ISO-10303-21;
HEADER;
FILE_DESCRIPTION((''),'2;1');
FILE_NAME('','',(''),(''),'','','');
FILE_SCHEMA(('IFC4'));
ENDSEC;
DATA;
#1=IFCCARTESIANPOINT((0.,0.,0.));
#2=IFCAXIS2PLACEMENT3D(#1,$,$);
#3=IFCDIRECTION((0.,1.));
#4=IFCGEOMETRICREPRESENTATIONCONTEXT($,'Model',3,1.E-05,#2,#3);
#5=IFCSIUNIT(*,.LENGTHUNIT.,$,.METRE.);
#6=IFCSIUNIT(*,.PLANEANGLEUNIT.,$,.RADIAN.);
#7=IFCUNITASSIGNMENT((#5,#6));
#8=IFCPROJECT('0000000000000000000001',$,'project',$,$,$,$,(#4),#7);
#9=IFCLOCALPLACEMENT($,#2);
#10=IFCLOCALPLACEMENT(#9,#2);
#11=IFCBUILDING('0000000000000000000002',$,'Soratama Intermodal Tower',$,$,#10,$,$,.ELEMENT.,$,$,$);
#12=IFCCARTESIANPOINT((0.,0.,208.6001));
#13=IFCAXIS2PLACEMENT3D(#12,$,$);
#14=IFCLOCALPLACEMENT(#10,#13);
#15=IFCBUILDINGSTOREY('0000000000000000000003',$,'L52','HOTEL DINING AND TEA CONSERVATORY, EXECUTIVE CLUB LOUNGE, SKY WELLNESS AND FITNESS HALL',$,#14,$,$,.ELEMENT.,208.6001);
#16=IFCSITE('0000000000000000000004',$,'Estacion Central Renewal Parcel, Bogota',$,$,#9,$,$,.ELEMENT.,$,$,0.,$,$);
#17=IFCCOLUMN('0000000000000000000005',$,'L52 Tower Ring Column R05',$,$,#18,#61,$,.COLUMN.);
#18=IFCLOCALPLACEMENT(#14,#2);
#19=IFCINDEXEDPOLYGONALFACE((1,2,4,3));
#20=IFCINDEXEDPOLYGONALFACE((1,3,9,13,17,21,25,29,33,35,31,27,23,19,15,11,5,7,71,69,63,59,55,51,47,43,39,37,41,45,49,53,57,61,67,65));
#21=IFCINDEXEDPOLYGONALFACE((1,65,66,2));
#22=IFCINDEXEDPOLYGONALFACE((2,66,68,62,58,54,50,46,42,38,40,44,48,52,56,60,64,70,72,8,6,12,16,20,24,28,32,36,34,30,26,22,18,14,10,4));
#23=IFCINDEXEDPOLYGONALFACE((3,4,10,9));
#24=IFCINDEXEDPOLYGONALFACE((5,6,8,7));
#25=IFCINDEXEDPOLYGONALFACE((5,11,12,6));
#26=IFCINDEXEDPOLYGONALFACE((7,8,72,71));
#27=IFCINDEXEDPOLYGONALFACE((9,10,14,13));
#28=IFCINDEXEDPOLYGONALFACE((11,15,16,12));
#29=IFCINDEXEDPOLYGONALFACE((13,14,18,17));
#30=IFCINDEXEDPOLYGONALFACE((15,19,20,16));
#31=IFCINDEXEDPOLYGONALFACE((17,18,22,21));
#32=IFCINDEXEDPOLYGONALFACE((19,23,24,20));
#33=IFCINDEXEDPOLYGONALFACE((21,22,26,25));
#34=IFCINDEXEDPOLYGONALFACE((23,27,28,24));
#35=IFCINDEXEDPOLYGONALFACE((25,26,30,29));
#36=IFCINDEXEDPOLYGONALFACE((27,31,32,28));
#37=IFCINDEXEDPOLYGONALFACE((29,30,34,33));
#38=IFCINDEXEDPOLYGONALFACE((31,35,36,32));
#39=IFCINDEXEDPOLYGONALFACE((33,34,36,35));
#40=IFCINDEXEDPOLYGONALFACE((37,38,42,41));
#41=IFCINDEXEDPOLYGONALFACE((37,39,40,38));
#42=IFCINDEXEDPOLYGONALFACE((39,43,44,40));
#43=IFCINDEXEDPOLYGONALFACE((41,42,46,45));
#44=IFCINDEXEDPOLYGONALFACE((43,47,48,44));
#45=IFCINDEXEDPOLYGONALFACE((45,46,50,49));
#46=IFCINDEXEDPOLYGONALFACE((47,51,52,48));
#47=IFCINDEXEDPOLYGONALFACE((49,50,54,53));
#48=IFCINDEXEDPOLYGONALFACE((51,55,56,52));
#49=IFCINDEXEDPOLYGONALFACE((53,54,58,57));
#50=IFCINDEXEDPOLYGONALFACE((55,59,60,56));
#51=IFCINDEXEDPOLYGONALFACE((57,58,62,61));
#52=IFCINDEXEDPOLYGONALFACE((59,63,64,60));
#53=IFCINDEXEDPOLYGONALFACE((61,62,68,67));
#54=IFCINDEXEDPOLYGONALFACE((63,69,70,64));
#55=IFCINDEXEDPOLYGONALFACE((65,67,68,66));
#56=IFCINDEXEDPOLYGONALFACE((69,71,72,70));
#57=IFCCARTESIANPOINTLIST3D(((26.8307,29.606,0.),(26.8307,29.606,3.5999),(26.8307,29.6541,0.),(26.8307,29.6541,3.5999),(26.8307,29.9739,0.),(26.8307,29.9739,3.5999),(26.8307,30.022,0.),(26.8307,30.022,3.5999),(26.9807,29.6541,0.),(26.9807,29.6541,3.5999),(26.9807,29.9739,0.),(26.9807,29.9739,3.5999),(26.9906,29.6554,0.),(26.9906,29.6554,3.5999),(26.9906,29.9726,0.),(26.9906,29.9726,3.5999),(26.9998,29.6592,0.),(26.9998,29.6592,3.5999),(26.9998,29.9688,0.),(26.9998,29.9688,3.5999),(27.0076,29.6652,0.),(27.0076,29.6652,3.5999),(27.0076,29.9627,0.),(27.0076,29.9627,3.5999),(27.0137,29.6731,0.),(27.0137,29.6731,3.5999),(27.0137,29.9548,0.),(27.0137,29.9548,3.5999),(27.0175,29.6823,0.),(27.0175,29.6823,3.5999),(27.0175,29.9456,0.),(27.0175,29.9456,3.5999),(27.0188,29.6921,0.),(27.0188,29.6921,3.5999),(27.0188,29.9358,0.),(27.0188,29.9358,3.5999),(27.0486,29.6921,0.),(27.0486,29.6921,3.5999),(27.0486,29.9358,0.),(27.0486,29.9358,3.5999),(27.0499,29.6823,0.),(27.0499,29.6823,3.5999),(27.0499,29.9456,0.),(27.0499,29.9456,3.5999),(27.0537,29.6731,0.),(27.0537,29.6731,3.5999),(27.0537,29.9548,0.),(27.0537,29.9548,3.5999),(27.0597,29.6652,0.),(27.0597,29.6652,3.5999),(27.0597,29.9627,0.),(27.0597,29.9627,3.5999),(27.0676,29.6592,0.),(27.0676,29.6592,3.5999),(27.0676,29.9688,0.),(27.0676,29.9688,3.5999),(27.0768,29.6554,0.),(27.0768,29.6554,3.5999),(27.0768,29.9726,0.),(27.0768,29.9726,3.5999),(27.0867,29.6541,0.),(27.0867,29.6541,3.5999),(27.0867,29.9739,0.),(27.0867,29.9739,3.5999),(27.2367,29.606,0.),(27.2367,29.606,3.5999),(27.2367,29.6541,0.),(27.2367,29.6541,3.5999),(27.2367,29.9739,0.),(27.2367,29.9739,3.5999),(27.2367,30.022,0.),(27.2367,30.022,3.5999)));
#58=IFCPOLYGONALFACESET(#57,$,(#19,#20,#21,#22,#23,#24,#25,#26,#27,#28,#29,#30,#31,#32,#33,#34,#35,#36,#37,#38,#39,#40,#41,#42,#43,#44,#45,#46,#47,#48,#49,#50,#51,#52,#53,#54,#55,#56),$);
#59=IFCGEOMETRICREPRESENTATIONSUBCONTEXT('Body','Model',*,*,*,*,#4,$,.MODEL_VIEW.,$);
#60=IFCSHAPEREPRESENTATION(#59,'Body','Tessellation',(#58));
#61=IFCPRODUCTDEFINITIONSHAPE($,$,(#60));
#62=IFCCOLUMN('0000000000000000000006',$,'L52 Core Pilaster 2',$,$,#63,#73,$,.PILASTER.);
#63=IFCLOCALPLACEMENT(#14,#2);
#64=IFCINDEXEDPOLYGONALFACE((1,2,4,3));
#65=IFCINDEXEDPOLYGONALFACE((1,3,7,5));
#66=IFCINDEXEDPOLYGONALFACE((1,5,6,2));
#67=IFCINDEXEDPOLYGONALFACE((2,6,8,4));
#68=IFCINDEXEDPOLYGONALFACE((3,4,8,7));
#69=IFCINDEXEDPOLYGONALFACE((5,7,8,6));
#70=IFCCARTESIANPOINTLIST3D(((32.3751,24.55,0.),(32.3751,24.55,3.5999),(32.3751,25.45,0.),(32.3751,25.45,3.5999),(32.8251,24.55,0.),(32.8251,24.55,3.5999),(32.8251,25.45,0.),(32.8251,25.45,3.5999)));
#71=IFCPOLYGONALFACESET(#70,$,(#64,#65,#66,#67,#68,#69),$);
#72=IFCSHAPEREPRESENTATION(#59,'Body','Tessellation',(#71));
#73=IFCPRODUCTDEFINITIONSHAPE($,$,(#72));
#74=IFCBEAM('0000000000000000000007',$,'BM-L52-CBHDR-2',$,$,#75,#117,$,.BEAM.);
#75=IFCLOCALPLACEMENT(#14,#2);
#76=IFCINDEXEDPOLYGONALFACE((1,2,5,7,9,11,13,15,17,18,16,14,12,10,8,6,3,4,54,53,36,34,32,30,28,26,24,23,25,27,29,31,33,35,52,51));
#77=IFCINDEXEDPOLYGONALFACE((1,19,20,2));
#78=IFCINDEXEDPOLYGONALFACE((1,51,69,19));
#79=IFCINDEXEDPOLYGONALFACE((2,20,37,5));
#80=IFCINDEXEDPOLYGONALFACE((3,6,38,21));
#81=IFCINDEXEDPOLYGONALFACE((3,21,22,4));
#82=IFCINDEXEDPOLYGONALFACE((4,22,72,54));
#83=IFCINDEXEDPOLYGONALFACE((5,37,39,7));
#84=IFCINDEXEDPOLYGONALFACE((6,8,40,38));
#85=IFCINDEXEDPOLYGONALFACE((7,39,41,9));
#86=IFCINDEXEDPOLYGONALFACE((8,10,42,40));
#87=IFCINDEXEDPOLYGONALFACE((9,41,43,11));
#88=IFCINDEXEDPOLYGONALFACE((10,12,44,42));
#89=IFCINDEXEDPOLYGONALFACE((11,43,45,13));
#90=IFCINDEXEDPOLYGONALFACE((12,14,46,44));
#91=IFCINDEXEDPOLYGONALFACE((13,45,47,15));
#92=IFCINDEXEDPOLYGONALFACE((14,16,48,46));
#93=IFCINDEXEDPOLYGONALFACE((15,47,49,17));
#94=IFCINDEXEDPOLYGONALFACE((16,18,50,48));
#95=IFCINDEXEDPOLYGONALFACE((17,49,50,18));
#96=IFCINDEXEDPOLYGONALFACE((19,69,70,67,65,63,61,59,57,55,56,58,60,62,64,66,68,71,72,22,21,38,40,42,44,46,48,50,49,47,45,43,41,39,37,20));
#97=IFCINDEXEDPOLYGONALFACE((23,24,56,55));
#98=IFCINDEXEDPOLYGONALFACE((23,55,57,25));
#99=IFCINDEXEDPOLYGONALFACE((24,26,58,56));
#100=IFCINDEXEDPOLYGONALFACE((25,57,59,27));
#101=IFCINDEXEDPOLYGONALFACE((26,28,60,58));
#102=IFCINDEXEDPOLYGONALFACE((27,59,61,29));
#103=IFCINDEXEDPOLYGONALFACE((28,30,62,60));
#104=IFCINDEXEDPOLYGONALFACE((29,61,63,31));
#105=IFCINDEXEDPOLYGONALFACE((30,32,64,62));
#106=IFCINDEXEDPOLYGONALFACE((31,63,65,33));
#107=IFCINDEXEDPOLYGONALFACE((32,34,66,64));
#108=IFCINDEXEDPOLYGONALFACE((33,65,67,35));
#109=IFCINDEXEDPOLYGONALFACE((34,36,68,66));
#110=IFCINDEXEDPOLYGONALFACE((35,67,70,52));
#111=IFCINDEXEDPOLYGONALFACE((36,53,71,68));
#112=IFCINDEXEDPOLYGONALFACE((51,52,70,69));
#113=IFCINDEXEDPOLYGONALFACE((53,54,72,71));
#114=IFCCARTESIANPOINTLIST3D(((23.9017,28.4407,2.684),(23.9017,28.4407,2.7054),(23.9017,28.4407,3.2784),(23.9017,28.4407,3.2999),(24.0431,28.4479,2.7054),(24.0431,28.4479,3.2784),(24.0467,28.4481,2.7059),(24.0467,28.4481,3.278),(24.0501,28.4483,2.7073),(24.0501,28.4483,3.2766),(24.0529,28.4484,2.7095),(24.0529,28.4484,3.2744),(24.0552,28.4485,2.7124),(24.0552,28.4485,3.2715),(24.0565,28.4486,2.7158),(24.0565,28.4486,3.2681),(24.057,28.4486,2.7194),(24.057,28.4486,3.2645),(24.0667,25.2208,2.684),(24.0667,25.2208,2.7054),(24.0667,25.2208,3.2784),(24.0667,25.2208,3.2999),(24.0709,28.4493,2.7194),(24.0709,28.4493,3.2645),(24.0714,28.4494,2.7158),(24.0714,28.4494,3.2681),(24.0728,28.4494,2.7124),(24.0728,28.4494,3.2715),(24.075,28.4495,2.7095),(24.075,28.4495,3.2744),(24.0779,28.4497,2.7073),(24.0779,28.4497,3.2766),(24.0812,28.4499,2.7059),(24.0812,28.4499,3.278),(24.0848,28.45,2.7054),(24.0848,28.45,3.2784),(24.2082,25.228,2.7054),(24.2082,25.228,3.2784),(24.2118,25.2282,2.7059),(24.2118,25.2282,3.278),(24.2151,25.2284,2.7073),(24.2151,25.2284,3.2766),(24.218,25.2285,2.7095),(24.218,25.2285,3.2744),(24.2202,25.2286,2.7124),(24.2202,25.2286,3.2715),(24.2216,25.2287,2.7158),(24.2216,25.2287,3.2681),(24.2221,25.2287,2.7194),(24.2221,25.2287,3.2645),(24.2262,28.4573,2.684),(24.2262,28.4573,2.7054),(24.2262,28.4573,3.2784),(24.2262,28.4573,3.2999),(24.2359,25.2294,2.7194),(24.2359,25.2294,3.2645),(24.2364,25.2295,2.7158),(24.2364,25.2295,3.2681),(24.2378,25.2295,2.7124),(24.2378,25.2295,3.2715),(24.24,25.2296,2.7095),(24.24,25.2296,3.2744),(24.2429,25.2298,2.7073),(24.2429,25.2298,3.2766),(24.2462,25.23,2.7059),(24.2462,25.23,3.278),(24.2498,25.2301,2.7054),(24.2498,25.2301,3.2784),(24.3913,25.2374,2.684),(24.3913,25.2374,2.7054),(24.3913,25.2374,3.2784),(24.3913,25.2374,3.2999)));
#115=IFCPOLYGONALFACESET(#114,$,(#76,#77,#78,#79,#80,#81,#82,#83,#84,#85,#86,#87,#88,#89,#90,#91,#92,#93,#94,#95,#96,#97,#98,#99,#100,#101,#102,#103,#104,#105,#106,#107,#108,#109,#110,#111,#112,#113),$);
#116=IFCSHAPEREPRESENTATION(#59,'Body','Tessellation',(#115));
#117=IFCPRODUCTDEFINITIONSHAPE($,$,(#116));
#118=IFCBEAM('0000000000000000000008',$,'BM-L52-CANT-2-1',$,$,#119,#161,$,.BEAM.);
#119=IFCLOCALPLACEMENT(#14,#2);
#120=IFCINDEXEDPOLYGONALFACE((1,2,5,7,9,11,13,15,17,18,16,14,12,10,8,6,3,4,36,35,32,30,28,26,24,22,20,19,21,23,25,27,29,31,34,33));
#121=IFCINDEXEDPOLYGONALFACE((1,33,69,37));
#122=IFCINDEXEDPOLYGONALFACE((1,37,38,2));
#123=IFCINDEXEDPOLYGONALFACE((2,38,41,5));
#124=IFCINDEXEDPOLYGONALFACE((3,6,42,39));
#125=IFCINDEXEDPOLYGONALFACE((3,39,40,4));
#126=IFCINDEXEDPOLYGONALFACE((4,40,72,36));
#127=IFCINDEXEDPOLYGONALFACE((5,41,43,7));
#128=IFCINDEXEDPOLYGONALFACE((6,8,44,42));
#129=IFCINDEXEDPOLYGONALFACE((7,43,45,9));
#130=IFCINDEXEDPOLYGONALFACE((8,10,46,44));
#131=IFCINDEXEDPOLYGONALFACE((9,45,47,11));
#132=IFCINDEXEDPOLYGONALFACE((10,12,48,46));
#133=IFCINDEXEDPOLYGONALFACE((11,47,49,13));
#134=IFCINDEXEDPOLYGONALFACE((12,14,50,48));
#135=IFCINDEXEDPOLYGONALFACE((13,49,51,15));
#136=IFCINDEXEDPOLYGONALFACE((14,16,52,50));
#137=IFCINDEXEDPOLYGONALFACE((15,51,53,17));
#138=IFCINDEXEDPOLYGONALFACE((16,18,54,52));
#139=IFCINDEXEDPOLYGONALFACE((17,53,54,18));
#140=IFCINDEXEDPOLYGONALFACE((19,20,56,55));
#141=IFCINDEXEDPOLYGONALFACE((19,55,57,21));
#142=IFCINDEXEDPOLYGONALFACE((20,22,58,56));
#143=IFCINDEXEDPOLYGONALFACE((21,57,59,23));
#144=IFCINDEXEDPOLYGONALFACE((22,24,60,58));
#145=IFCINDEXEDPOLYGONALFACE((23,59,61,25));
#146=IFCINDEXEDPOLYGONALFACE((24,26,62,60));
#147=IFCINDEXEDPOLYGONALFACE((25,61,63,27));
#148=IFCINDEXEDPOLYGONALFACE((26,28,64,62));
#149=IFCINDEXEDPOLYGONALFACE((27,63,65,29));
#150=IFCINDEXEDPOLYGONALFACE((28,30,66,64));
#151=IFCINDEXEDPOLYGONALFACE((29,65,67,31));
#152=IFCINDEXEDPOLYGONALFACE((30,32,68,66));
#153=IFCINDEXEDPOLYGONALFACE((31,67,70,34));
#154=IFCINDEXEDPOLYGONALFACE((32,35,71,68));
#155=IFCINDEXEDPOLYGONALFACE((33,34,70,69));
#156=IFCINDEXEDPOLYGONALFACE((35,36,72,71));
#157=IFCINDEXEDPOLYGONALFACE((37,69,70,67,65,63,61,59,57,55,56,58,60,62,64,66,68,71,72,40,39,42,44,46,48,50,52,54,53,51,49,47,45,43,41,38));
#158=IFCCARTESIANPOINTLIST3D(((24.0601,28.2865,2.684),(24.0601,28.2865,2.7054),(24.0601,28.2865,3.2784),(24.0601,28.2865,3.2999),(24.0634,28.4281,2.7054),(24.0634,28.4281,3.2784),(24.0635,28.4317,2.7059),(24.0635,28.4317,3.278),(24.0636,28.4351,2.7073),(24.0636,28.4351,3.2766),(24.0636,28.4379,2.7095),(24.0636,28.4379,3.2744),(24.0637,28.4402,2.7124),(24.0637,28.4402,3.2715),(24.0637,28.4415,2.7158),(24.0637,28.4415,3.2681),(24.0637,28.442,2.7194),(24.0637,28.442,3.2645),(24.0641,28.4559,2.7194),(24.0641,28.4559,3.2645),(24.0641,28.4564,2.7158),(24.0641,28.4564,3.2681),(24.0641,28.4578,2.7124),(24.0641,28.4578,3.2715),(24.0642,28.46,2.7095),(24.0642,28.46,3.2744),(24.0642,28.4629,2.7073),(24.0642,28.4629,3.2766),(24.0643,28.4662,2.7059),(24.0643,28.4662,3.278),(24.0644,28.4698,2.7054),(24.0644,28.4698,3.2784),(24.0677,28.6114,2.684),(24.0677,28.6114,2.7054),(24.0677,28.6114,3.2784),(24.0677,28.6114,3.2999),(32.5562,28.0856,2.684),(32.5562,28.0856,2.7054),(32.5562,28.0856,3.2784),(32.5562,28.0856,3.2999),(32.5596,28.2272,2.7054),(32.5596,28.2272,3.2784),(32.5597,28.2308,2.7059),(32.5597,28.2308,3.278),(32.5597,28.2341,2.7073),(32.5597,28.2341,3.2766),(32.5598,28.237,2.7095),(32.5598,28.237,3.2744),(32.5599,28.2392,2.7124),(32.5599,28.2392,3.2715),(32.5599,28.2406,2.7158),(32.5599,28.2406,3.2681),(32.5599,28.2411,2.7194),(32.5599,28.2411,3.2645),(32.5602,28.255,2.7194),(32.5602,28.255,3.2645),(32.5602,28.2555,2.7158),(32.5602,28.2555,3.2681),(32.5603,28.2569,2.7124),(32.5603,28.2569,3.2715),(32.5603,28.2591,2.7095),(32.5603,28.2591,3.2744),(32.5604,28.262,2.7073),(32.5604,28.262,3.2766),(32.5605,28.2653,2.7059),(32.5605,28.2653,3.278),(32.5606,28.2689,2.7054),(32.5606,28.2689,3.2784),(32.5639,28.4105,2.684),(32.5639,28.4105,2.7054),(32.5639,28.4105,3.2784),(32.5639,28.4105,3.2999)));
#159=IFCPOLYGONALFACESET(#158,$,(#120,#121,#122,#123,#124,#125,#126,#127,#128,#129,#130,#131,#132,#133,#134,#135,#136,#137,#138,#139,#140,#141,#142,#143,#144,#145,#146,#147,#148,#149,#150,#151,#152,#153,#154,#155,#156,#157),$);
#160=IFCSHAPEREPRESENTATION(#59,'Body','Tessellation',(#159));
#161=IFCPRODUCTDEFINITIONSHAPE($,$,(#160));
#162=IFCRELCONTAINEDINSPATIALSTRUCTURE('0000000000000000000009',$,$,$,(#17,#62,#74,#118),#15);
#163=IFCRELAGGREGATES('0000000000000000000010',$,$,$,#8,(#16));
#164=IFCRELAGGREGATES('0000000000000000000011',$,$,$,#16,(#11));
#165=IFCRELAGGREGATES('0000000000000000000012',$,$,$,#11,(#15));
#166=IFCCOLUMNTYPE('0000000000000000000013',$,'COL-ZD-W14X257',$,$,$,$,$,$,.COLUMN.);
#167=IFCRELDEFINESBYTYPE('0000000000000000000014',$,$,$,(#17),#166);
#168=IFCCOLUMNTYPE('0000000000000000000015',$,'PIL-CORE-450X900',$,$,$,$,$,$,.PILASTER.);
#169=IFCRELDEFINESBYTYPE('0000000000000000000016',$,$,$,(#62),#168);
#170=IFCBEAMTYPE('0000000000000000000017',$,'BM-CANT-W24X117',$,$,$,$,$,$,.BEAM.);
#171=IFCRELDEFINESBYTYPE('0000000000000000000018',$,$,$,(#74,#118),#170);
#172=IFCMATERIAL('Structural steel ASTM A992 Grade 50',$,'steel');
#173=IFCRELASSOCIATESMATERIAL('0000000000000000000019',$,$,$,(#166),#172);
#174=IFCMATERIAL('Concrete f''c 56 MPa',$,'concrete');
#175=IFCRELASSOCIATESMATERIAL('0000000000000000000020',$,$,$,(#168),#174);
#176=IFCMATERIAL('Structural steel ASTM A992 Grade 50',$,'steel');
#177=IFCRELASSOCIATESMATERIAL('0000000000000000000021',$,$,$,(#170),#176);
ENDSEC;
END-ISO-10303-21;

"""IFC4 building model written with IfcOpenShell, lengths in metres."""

from ifc_helpers import new_model, si_unit, direction, frame, origin, origin_2d, place, context, subcontext, project, spatial, rectangle, i_section, extrude, material, material_profile, profile_set, type_object, element, save


model = new_model("IFC4")

# Units and contexts
model_context = context("Model", 3, precision=1e-05, world=origin(), true_north=direction((0.0, 1.0)))
body_context = subcontext(model_context, "Body", "Model", "MODEL_VIEW")
ifc_project = project(units=[si_unit("LENGTHUNIT", "METRE"), si_unit("PLANEANGLEUNIT", "RADIAN")], contexts=[model_context])

# Site, building, storey
site_placement = place(None, origin())
site = spatial("IfcSite", under=ifc_project, at=site_placement, Name="Estacion Central Renewal Parcel, Bogota", CompositionType="ELEMENT", RefElevation=0.0)
building_placement = place(site_placement, origin())
building = spatial("IfcBuilding", under=site, at=building_placement, Name="Soratama Intermodal Tower", CompositionType="ELEMENT")
storey_placement = place(building_placement, frame((0.0, 0.0, 208.6001)))
storey = spatial("IfcBuildingStorey", under=building, at=storey_placement, Name="L52", Description="HOTEL DINING AND TEA CONSERVATORY, EXECUTIVE CLUB LOUNGE, SKY WELLNESS AND FITNESS HALL", CompositionType="ELEMENT", Elevation=208.6001)

# Columns
ifc_material_1 = material(Name="Structural steel ASTM A992 Grade 50", Category="steel")
ifc_material_profile_1 = material_profile(ifc_material_1, i_section(OverallWidth=0.406, OverallDepth=0.416, WebThickness=0.0298, FlangeThickness=0.0481, FilletRadius=0.0381, at=origin_2d()), Name="W14X257")
ifc_profile_set_1 = profile_set([ifc_material_profile_1], Name="Structural steel ASTM A992 Grade 50")
column_type_1 = type_object("IfcColumnType", Name="COL-ZD-W14X257", PredefinedType="COLUMN", material=ifc_profile_set_1)
column_1_placement = place(storey_placement, frame((27.0337, 29.814, 0.0), z_axis=(0.0, 0.0, 1.0), x_axis=(1.0, 0.0, 0.0)))
element("IfcColumn", 1, at=column_1_placement, inside=storey, type_object=column_type_1, Name="L52 Tower Ring Column R05", PredefinedType="COLUMN", context=body_context, shape_type="SweptSolid", body=[
    extrude(i_section(OverallWidth=0.406, OverallDepth=0.416, WebThickness=0.0298, FlangeThickness=0.0481, FilletRadius=0.0381, at=origin_2d()), origin(), (0.0, 0.0, 1.0), 3.5999),
])
ifc_material_2 = material(Name="Concrete f'c 56 MPa", Category="concrete")
ifc_material_profile_2 = material_profile(ifc_material_2, rectangle(XDim=0.45, YDim=0.8999, at=origin_2d()), Name="RC450X900")
ifc_profile_set_2 = profile_set([ifc_material_profile_2], Name="Concrete f'c 56 MPa")
column_type_2 = type_object("IfcColumnType", Name="PIL-CORE-450X900", PredefinedType="PILASTER", material=ifc_profile_set_2)
column_2_placement = place(storey_placement, frame((32.6001, 25.0, 0.0), z_axis=(0.0, 0.0, 1.0), x_axis=(1.0, 0.0, 0.0)))
element("IfcColumn", 2, at=column_2_placement, inside=storey, type_object=column_type_2, Name="L52 Core Pilaster 2", PredefinedType="PILASTER", context=body_context, shape_type="SweptSolid", body=[
    extrude(rectangle(XDim=0.45, YDim=0.8999, at=origin_2d()), origin(), (0.0, 0.0, 1.0), 3.5999),
])

# Beams
ifc_material_3 = material(Name="Structural steel ASTM A992 Grade 50", Category="steel")
ifc_material_profile_3 = material_profile(ifc_material_3, i_section(OverallWidth=0.325, OverallDepth=0.616, WebThickness=0.0139, FlangeThickness=0.0215, FilletRadius=0.0139, at=origin_2d()), Name="W24X117")
ifc_profile_set_3 = profile_set([ifc_material_profile_3], Name="Structural steel ASTM A992 Grade 50")
beam_type_1 = type_object("IfcBeamType", Name="BM-CANT-W24X117", PredefinedType="BEAM", material=ifc_profile_set_3)
beam_1_placement = place(storey_placement, frame((24.064, 28.449, 2.9919), z_axis=(0.051188, -0.998689, 0.0), x_axis=(0.998689, 0.051188, 0.0)))
element("IfcBeam", 3, at=beam_1_placement, inside=storey, type_object=beam_type_1, Name="BM-L52-CBHDR-2", PredefinedType="BEAM", context=body_context, shape_type="SweptSolid", body=[
    extrude(i_section(OverallWidth=0.325, OverallDepth=0.616, WebThickness=0.0139, FlangeThickness=0.0215, FilletRadius=0.0139, at=origin_2d()), origin(), (0.0, 0.0, 1.0), 3.2241),
])
beam_2_placement = place(storey_placement, frame((32.5601, 28.248, 2.9919), z_axis=(-0.99972, 0.023643, 0.0), x_axis=(-0.023643, -0.99972, 0.0)))
element("IfcBeam", 4, at=beam_2_placement, inside=storey, type_object=beam_type_1, Name="BM-L52-CANT-2-1", PredefinedType="BEAM", context=body_context, shape_type="SweptSolid", body=[
    extrude(i_section(OverallWidth=0.325, OverallDepth=0.616, WebThickness=0.0139, FlangeThickness=0.0215, FilletRadius=0.0139, at=origin_2d()), origin(), (0.0, 0.0, 1.0), 8.4985),
])

save(model, "model.ifc")
